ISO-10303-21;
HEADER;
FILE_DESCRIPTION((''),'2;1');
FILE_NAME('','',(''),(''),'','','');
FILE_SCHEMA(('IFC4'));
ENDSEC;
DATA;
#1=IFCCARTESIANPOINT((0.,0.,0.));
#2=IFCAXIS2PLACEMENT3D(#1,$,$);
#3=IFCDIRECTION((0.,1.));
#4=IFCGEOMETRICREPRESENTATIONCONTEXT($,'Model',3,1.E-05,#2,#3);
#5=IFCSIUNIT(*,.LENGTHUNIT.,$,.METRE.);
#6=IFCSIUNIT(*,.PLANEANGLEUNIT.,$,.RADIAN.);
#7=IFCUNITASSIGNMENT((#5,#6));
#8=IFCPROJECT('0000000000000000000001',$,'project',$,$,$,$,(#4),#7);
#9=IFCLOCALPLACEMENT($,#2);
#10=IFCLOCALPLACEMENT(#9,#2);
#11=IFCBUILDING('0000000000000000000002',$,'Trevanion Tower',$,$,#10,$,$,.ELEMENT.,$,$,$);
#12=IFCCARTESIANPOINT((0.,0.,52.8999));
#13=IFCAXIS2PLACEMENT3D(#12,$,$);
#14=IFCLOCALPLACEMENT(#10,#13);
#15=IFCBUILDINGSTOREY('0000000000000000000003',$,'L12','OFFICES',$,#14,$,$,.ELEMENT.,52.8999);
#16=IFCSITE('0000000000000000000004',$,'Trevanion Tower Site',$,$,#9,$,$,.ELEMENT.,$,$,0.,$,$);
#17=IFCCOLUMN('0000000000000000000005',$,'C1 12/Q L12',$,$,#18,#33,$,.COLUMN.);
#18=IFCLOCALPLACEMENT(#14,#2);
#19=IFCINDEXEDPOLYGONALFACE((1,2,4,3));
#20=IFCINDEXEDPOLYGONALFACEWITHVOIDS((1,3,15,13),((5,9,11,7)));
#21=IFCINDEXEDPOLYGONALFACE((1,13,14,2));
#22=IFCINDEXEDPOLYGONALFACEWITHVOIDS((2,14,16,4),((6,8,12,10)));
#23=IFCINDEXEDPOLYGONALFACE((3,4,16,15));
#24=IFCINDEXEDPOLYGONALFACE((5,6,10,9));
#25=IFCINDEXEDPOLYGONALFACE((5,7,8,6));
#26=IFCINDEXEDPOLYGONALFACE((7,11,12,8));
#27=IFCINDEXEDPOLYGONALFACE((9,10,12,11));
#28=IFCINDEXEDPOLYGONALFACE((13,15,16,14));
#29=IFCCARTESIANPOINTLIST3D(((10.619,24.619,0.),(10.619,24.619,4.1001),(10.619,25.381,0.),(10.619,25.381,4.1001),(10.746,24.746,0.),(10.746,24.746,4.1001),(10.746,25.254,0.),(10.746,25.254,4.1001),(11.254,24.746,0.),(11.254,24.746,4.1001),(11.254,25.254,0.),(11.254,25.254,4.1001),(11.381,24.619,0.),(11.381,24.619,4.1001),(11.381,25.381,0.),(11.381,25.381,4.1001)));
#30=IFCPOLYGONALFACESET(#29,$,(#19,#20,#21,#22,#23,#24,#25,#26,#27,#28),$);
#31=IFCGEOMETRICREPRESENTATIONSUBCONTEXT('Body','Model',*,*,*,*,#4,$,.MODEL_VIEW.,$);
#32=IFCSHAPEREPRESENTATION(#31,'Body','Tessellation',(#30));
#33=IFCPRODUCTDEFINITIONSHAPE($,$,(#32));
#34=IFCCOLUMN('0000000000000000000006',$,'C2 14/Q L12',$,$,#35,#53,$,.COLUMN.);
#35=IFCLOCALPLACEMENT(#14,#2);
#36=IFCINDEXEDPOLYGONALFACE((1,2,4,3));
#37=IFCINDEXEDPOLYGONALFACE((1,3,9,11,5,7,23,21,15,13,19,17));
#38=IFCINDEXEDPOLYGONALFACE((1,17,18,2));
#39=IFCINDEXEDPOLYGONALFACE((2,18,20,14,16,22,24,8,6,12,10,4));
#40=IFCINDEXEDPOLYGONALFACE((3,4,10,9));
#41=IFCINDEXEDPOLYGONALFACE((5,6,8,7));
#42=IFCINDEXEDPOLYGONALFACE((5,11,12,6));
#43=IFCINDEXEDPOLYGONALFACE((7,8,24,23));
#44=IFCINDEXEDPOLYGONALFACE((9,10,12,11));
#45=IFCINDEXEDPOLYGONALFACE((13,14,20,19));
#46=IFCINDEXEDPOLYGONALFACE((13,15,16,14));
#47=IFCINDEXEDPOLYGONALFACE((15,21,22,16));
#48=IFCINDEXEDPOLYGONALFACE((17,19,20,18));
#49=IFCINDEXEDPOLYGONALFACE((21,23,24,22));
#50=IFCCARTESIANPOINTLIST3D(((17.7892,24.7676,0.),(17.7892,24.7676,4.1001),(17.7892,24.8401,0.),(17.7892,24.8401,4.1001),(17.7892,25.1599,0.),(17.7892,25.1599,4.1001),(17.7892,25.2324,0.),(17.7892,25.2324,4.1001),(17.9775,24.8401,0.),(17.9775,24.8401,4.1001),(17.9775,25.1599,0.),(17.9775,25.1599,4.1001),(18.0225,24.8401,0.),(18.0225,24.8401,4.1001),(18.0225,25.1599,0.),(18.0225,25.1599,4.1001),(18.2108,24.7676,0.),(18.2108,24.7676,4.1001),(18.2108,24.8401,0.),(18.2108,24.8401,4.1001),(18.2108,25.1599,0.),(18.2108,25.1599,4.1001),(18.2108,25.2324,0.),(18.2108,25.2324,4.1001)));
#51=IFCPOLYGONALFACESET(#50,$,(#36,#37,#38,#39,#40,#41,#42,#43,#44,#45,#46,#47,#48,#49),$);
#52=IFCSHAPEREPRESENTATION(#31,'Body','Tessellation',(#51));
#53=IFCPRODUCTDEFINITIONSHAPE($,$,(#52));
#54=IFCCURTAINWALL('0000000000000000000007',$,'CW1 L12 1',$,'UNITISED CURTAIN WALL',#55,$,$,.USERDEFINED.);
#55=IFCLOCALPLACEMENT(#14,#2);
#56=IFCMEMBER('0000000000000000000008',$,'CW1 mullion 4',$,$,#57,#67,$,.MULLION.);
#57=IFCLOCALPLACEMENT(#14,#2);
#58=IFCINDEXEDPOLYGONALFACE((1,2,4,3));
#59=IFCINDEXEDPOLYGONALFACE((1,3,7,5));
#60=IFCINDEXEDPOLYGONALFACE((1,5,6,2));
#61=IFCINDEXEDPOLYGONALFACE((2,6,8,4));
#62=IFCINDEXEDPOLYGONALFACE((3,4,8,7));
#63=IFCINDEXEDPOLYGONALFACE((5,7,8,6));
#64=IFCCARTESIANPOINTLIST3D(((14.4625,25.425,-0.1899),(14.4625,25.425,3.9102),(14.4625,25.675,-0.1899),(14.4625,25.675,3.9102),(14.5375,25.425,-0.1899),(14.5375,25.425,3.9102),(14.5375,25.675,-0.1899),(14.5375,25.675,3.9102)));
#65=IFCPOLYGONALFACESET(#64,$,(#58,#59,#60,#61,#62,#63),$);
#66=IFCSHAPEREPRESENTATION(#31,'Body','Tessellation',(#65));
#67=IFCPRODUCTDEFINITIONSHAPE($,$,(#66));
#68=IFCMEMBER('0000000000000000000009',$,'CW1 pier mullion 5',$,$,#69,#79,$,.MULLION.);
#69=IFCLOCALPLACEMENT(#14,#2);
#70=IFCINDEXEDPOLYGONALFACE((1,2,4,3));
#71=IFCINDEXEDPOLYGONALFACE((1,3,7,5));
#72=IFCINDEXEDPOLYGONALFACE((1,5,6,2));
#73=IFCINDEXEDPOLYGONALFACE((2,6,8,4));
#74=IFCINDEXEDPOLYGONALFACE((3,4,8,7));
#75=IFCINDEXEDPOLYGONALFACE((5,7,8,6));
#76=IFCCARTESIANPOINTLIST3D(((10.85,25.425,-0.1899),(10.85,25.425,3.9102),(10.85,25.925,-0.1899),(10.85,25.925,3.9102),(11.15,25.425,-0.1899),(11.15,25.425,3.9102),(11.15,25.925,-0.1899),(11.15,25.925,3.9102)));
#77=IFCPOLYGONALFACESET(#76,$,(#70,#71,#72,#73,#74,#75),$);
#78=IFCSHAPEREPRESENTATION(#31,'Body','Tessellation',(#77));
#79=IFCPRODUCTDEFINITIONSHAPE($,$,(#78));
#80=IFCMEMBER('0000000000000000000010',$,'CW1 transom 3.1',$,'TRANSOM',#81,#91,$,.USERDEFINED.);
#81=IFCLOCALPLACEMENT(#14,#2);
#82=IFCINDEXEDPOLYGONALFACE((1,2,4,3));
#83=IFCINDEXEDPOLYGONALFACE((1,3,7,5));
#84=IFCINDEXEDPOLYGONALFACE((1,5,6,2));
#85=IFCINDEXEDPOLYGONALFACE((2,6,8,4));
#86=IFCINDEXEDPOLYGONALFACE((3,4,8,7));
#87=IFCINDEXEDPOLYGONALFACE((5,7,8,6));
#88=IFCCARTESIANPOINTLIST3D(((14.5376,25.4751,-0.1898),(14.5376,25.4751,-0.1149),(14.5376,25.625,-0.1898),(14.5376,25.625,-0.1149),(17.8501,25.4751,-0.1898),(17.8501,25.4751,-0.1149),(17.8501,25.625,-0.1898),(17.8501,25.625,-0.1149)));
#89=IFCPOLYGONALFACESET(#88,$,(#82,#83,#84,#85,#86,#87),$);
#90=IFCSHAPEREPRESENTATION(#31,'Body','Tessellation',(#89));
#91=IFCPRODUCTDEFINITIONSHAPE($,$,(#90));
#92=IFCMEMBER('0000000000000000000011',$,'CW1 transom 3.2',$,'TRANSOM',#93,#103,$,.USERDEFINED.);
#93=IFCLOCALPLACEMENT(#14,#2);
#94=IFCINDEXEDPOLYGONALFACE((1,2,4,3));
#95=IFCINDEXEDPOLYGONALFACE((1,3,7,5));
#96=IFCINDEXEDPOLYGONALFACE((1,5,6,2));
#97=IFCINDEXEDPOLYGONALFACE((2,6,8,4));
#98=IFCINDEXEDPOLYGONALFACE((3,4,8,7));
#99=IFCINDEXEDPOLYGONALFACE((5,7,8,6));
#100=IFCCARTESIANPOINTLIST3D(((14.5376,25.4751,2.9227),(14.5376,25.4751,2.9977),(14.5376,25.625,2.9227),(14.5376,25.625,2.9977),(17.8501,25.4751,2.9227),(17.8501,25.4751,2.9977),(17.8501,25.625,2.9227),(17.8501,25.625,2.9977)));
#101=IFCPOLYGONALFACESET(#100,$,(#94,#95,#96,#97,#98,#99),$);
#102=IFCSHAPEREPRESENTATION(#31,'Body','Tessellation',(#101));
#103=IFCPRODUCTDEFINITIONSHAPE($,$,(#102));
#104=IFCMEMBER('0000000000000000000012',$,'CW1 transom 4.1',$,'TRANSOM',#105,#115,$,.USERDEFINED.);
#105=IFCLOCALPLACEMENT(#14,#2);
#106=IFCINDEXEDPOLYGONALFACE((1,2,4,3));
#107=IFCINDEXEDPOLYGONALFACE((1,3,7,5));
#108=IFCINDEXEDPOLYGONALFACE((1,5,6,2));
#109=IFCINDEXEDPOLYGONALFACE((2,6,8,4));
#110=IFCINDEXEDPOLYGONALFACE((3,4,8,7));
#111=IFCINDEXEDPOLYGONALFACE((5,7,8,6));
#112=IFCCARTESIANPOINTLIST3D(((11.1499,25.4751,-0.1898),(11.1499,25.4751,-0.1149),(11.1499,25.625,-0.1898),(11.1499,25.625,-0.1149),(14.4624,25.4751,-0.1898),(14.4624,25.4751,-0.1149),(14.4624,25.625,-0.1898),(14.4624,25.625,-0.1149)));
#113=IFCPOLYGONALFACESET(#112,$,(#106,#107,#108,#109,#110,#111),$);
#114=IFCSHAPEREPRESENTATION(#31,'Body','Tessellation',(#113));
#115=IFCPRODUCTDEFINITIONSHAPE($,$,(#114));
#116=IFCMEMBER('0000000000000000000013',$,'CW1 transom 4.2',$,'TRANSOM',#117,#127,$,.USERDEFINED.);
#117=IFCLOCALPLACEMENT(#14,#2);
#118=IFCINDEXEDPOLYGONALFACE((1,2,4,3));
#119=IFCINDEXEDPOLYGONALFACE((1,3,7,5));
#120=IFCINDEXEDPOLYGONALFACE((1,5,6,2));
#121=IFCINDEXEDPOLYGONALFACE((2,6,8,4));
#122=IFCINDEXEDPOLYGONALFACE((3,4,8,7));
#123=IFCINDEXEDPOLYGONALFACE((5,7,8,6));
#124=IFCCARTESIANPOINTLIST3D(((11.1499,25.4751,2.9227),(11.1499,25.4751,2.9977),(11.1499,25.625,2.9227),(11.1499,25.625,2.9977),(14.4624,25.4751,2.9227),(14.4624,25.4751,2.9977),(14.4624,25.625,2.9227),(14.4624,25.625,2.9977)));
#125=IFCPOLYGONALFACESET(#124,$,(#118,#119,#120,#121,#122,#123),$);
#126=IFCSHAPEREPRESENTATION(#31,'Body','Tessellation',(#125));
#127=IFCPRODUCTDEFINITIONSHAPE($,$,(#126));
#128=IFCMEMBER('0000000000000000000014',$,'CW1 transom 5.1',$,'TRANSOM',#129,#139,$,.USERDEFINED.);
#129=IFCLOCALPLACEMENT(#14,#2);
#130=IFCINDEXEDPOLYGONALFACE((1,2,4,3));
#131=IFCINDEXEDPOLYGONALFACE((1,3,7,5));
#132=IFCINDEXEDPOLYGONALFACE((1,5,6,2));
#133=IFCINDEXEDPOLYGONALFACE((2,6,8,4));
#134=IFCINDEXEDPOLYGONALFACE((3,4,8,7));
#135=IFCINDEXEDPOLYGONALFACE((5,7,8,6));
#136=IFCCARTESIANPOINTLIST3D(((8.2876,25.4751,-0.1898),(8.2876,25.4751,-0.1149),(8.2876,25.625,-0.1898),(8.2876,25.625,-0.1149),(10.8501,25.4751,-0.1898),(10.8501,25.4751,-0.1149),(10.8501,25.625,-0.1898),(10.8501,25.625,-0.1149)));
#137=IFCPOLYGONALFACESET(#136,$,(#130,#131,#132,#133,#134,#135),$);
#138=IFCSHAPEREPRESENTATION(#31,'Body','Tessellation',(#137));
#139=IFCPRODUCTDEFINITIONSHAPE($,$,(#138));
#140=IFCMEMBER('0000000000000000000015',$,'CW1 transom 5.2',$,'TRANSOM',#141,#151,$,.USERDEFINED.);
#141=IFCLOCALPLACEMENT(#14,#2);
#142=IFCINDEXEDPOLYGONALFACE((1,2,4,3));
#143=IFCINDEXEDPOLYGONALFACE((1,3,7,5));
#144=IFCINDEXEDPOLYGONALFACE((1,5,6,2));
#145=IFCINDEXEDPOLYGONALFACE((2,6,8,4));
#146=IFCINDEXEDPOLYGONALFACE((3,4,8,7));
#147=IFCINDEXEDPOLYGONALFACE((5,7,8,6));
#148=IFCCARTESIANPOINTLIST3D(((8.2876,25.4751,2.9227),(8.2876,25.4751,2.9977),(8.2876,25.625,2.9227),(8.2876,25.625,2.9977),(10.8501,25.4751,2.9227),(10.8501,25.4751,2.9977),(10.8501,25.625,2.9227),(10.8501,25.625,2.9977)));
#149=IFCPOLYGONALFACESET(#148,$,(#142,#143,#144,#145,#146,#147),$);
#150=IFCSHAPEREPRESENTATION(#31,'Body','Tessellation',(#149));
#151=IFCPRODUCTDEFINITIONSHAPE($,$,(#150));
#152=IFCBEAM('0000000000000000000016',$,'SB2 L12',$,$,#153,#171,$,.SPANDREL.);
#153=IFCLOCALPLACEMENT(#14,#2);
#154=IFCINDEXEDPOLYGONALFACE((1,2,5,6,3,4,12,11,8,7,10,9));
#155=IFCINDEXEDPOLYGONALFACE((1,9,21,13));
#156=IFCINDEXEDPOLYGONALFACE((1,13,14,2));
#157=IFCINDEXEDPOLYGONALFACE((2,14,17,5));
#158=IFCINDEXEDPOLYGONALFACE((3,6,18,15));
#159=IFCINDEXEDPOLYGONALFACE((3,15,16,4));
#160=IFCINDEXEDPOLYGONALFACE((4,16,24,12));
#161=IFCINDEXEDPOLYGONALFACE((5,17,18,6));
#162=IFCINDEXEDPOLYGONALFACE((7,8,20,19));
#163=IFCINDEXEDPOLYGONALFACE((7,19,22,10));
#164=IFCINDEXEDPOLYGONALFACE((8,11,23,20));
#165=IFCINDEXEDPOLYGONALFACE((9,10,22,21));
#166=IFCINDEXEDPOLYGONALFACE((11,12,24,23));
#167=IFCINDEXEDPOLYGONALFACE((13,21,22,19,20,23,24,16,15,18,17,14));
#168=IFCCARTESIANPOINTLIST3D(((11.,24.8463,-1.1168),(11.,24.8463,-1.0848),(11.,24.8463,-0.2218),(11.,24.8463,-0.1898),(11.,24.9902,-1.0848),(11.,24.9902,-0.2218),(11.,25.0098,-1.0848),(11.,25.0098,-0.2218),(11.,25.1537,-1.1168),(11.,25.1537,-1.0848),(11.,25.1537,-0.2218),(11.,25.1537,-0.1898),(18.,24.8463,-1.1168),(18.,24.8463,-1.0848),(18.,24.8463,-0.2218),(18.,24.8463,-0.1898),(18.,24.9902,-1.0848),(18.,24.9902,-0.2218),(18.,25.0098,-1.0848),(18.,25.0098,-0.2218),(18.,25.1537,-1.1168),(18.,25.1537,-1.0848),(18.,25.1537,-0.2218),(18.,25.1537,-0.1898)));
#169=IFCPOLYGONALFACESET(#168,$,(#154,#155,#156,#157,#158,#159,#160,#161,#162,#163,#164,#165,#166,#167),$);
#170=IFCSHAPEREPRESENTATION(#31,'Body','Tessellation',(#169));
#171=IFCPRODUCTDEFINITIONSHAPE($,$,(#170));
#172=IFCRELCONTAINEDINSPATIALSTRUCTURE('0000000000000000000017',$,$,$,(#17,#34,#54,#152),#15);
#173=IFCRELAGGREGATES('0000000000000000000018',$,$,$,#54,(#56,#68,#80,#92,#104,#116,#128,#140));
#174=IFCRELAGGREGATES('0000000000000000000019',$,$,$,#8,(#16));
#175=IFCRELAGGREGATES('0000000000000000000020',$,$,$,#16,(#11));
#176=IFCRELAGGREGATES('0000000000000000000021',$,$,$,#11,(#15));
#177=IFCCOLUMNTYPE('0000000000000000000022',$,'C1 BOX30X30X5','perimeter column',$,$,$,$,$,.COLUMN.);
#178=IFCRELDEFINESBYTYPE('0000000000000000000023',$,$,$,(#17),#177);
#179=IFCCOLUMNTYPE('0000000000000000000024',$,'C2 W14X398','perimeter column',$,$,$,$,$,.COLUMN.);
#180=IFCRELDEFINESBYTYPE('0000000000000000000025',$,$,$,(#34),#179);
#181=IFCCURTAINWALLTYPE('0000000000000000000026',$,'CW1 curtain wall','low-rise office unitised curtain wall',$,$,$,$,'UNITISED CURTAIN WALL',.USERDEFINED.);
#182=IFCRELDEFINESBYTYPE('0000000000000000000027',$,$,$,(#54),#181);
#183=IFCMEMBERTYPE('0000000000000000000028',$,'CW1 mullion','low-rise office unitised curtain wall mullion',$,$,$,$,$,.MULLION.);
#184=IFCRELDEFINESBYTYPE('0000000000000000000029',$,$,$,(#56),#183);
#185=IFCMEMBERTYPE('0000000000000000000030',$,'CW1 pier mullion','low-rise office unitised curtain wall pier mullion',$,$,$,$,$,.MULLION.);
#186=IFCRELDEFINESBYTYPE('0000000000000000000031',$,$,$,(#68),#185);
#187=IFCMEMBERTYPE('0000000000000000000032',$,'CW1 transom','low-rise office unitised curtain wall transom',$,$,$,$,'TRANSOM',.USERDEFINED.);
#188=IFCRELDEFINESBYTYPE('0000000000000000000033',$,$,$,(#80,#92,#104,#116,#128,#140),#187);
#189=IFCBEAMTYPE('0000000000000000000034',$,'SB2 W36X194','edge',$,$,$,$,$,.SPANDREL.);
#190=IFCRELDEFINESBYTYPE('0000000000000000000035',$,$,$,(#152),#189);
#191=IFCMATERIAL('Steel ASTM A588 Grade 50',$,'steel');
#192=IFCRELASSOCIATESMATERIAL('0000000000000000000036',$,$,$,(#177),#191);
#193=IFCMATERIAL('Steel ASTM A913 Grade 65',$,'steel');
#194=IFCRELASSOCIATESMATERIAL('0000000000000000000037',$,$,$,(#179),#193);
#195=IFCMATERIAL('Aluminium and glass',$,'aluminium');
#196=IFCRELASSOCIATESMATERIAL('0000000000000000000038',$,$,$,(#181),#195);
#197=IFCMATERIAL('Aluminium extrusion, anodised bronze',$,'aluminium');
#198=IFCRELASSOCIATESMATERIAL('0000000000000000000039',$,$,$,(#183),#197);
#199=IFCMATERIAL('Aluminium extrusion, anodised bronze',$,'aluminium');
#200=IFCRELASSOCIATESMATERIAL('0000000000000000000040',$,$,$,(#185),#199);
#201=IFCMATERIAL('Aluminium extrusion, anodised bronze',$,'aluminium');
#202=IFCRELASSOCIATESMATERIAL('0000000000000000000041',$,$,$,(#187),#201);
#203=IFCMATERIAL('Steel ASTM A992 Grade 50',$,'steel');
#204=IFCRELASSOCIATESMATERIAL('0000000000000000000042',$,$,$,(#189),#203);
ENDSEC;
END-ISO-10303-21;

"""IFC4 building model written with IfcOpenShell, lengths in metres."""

from ifc_helpers import new_model, si_unit, direction, frame, origin, origin_2d, place, context, subcontext, project, spatial, rectangle, hollow_rectangle, i_section, extrude, material, material_profile, profile_set, type_object, element, aggregate, save


model = new_model("IFC4")

# Units and contexts
model_context = context("Model", 3, precision=1e-05, world=origin(), true_north=direction((0.0, 1.0)))
body_context = subcontext(model_context, "Body", "Model", "MODEL_VIEW")
ifc_project = project(units=[si_unit("LENGTHUNIT", "METRE"), si_unit("PLANEANGLEUNIT", "RADIAN")], contexts=[model_context])

# Site, building, storey
site_placement = place(None, origin())
site = spatial("IfcSite", under=ifc_project, at=site_placement, Name="Trevanion Tower Site", CompositionType="ELEMENT", RefElevation=0.0)
building_placement = place(site_placement, origin())
building = spatial("IfcBuilding", under=site, at=building_placement, Name="Trevanion Tower", CompositionType="ELEMENT")
storey_placement = place(building_placement, frame((0.0, 0.0, 52.8999)))
storey = spatial("IfcBuildingStorey", under=building, at=storey_placement, Name="L12", Description="OFFICES", CompositionType="ELEMENT", Elevation=52.8999)

# Columns
ifc_material_1 = material(Name="Steel ASTM A588 Grade 50", Category="steel")
ifc_material_profile_1 = material_profile(ifc_material_1, hollow_rectangle(XDim=0.762, YDim=0.762, WallThickness=0.127, at=origin_2d()), Name="BOX30X30X5")
ifc_profile_set_1 = profile_set([ifc_material_profile_1], Name="Steel ASTM A588 Grade 50")
column_type_1 = type_object("IfcColumnType", Name="C1 BOX30X30X5", Description="perimeter column", PredefinedType="COLUMN", material=ifc_profile_set_1)
column_1_placement = place(storey_placement, frame((11.0, 25.0, 0.0), z_axis=(0.0, 0.0, 1.0), x_axis=(1.0, 0.0, 0.0)))
element("IfcColumn", 1, at=column_1_placement, inside=storey, type_object=column_type_1, Name="C1 12/Q L12", PredefinedType="COLUMN", context=body_context, shape_type="SweptSolid", body=[
    extrude(hollow_rectangle(XDim=0.762, YDim=0.762, WallThickness=0.127, at=origin_2d()), origin(), (0.0, 0.0, 1.0), 4.1001),
])
ifc_material_2 = material(Name="Steel ASTM A913 Grade 65", Category="steel")
ifc_material_profile_2 = material_profile(ifc_material_2, i_section(OverallWidth=0.4216, OverallDepth=0.4648, WebThickness=0.0449, FlangeThickness=0.0725, at=origin_2d()), Name="W14X398")
ifc_profile_set_2 = profile_set([ifc_material_profile_2], Name="Steel ASTM A913 Grade 65")
column_type_2 = type_object("IfcColumnType", Name="C2 W14X398", Description="perimeter column", PredefinedType="COLUMN", material=ifc_profile_set_2)
column_2_placement = place(storey_placement, frame((18.0, 25.0, 0.0), z_axis=(0.0, 0.0, 1.0), x_axis=(1.0, 0.0, 0.0)))
element("IfcColumn", 2, at=column_2_placement, inside=storey, type_object=column_type_2, Name="C2 14/Q L12", PredefinedType="COLUMN", context=body_context, shape_type="SweptSolid", body=[
    extrude(i_section(OverallWidth=0.4216, OverallDepth=0.4648, WebThickness=0.0449, FlangeThickness=0.0725, at=origin_2d()), origin(), (0.0, 0.0, 1.0), 4.1001),
])

# Curtain wall, members
ifc_material_3 = material(Name="Aluminium and glass", Category="aluminium")
curtain_wall_type = type_object("IfcCurtainWallType", Name="CW1 curtain wall", Description="low-rise office unitised curtain wall", ElementType="UNITISED CURTAIN WALL", PredefinedType="USERDEFINED", material=ifc_material_3)
curtain_wall_placement = place(storey_placement, origin())
curtain_wall = element("IfcCurtainWall", 3, at=curtain_wall_placement, inside=storey, type_object=curtain_wall_type, Name="CW1 L12 1", ObjectType="UNITISED CURTAIN WALL", PredefinedType="USERDEFINED")
ifc_material_4 = material(Name="Aluminium extrusion, anodised bronze", Category="aluminium")
ifc_material_profile_3 = material_profile(ifc_material_4, rectangle(XDim=0.075, YDim=0.25, at=origin_2d()), Name="CW1 mullion")
ifc_profile_set_3 = profile_set([ifc_material_profile_3], Name="Aluminium extrusion, anodised bronze")
member_type_1 = type_object("IfcMemberType", Name="CW1 mullion", Description="low-rise office unitised curtain wall mullion", PredefinedType="MULLION", material=ifc_profile_set_3)
member_1_placement = place(storey_placement, frame((14.5, 25.55, -0.1899), z_axis=(0.0, 0.0, 1.0), x_axis=(-1.0, 0.0, 0.0)))
member_1 = element("IfcMember", 4, at=member_1_placement, type_object=member_type_1, Name="CW1 mullion 4", PredefinedType="MULLION", context=body_context, shape_type="SweptSolid", body=[
    extrude(rectangle(XDim=0.075, YDim=0.25, at=origin_2d()), origin(), (0.0, 0.0, 1.0), 4.1001),
])
ifc_material_5 = material(Name="Aluminium extrusion, anodised bronze", Category="aluminium")
ifc_material_profile_4 = material_profile(ifc_material_5, rectangle(XDim=0.3, YDim=0.5, at=origin_2d()), Name="CW1 pier mullion")
ifc_profile_set_4 = profile_set([ifc_material_profile_4], Name="Aluminium extrusion, anodised bronze")
member_type_2 = type_object("IfcMemberType", Name="CW1 pier mullion", Description="low-rise office unitised curtain wall pier mullion", PredefinedType="MULLION", material=ifc_profile_set_4)
member_2_placement = place(storey_placement, frame((11.0, 25.675, -0.1899), z_axis=(0.0, 0.0, 1.0), x_axis=(-1.0, 0.0, 0.0)))
member_2 = element("IfcMember", 5, at=member_2_placement, type_object=member_type_2, Name="CW1 pier mullion 5", PredefinedType="MULLION", context=body_context, shape_type="SweptSolid", body=[
    extrude(rectangle(XDim=0.3, YDim=0.5, at=origin_2d()), origin(), (0.0, 0.0, 1.0), 4.1001),
])
ifc_material_6 = material(Name="Aluminium extrusion, anodised bronze", Category="aluminium")
ifc_material_profile_5 = material_profile(ifc_material_6, rectangle(XDim=0.1499, YDim=0.075, at=origin_2d()), Name="CW1 transom")
ifc_profile_set_5 = profile_set([ifc_material_profile_5], Name="Aluminium extrusion, anodised bronze")
member_type_3 = type_object("IfcMemberType", Name="CW1 transom", Description="low-rise office unitised curtain wall transom", ElementType="TRANSOM", PredefinedType="USERDEFINED", material=ifc_profile_set_5)
member_3_placement = place(storey_placement, frame((17.8501, 25.55, -0.1523), z_axis=(-1.0, 0.0, 0.0), x_axis=(0.0, -1.0, 0.0)))
member_3 = element("IfcMember", 6, at=member_3_placement, type_object=member_type_3, Name="CW1 transom 3.1", ObjectType="TRANSOM", PredefinedType="USERDEFINED", context=body_context, shape_type="SweptSolid", body=[
    extrude(rectangle(XDim=0.1499, YDim=0.075, at=origin_2d()), origin(), (0.0, 0.0, 1.0), 3.3125),
])
member_4_placement = place(storey_placement, frame((17.8501, 25.55, 2.9602), z_axis=(-1.0, 0.0, 0.0), x_axis=(0.0, -1.0, 0.0)))
member_4 = element("IfcMember", 7, at=member_4_placement, type_object=member_type_3, Name="CW1 transom 3.2", ObjectType="TRANSOM", PredefinedType="USERDEFINED", context=body_context, shape_type="SweptSolid", body=[
    extrude(rectangle(XDim=0.1499, YDim=0.075, at=origin_2d()), origin(), (0.0, 0.0, 1.0), 3.3125),
])
member_5_placement = place(storey_placement, frame((14.4624, 25.55, -0.1523), z_axis=(-1.0, 0.0, 0.0), x_axis=(0.0, -1.0, 0.0)))
member_5 = element("IfcMember", 8, at=member_5_placement, type_object=member_type_3, Name="CW1 transom 4.1", ObjectType="TRANSOM", PredefinedType="USERDEFINED", context=body_context, shape_type="SweptSolid", body=[
    extrude(rectangle(XDim=0.1499, YDim=0.075, at=origin_2d()), origin(), (0.0, 0.0, 1.0), 3.3125),
])
member_6_placement = place(storey_placement, frame((14.4624, 25.55, 2.9602), z_axis=(-1.0, 0.0, 0.0), x_axis=(0.0, -1.0, 0.0)))
member_6 = element("IfcMember", 9, at=member_6_placement, type_object=member_type_3, Name="CW1 transom 4.2", ObjectType="TRANSOM", PredefinedType="USERDEFINED", context=body_context, shape_type="SweptSolid", body=[
    extrude(rectangle(XDim=0.1499, YDim=0.075, at=origin_2d()), origin(), (0.0, 0.0, 1.0), 3.3125),
])
member_7_placement = place(storey_placement, frame((10.8501, 25.55, -0.1523), z_axis=(-1.0, 0.0, 0.0), x_axis=(0.0, -1.0, 0.0)))
member_7 = element("IfcMember", 10, at=member_7_placement, type_object=member_type_3, Name="CW1 transom 5.1", ObjectType="TRANSOM", PredefinedType="USERDEFINED", context=body_context, shape_type="SweptSolid", body=[
    extrude(rectangle(XDim=0.1499, YDim=0.075, at=origin_2d()), origin(), (0.0, 0.0, 1.0), 2.5625),
])
member_8_placement = place(storey_placement, frame((10.8501, 25.55, 2.9602), z_axis=(-1.0, 0.0, 0.0), x_axis=(0.0, -1.0, 0.0)))
member_8 = element("IfcMember", 11, at=member_8_placement, type_object=member_type_3, Name="CW1 transom 5.2", ObjectType="TRANSOM", PredefinedType="USERDEFINED", context=body_context, shape_type="SweptSolid", body=[
    extrude(rectangle(XDim=0.1499, YDim=0.075, at=origin_2d()), origin(), (0.0, 0.0, 1.0), 2.5625),
])

# Beam
ifc_material_7 = material(Name="Steel ASTM A992 Grade 50", Category="steel")
ifc_material_profile_6 = material_profile(ifc_material_7, i_section(OverallWidth=0.3074, OverallDepth=0.927, WebThickness=0.0195, FlangeThickness=0.032, at=origin_2d()), Name="W36X194")
ifc_profile_set_6 = profile_set([ifc_material_profile_6], Name="Steel ASTM A992 Grade 50")
beam_type = type_object("IfcBeamType", Name="SB2 W36X194", Description="edge", PredefinedType="SPANDREL", material=ifc_profile_set_6)
beam_1_placement = place(storey_placement, frame((18.0, 25.0, -0.6533), z_axis=(-1.0, 0.0, 0.0), x_axis=(0.0, -1.0, 0.0)))
element("IfcBeam", 12, at=beam_1_placement, inside=storey, type_object=beam_type, Name="SB2 L12", PredefinedType="SPANDREL", context=body_context, shape_type="SweptSolid", body=[
    extrude(i_section(OverallWidth=0.3074, OverallDepth=0.927, WebThickness=0.0195, FlangeThickness=0.032, at=origin_2d()), origin(), (0.0, 0.0, 1.0), 7.0),
])

aggregate(curtain_wall, [member_1, member_2, member_3, member_4, member_5, member_6, member_7, member_8])

save(model, "model.ifc")
